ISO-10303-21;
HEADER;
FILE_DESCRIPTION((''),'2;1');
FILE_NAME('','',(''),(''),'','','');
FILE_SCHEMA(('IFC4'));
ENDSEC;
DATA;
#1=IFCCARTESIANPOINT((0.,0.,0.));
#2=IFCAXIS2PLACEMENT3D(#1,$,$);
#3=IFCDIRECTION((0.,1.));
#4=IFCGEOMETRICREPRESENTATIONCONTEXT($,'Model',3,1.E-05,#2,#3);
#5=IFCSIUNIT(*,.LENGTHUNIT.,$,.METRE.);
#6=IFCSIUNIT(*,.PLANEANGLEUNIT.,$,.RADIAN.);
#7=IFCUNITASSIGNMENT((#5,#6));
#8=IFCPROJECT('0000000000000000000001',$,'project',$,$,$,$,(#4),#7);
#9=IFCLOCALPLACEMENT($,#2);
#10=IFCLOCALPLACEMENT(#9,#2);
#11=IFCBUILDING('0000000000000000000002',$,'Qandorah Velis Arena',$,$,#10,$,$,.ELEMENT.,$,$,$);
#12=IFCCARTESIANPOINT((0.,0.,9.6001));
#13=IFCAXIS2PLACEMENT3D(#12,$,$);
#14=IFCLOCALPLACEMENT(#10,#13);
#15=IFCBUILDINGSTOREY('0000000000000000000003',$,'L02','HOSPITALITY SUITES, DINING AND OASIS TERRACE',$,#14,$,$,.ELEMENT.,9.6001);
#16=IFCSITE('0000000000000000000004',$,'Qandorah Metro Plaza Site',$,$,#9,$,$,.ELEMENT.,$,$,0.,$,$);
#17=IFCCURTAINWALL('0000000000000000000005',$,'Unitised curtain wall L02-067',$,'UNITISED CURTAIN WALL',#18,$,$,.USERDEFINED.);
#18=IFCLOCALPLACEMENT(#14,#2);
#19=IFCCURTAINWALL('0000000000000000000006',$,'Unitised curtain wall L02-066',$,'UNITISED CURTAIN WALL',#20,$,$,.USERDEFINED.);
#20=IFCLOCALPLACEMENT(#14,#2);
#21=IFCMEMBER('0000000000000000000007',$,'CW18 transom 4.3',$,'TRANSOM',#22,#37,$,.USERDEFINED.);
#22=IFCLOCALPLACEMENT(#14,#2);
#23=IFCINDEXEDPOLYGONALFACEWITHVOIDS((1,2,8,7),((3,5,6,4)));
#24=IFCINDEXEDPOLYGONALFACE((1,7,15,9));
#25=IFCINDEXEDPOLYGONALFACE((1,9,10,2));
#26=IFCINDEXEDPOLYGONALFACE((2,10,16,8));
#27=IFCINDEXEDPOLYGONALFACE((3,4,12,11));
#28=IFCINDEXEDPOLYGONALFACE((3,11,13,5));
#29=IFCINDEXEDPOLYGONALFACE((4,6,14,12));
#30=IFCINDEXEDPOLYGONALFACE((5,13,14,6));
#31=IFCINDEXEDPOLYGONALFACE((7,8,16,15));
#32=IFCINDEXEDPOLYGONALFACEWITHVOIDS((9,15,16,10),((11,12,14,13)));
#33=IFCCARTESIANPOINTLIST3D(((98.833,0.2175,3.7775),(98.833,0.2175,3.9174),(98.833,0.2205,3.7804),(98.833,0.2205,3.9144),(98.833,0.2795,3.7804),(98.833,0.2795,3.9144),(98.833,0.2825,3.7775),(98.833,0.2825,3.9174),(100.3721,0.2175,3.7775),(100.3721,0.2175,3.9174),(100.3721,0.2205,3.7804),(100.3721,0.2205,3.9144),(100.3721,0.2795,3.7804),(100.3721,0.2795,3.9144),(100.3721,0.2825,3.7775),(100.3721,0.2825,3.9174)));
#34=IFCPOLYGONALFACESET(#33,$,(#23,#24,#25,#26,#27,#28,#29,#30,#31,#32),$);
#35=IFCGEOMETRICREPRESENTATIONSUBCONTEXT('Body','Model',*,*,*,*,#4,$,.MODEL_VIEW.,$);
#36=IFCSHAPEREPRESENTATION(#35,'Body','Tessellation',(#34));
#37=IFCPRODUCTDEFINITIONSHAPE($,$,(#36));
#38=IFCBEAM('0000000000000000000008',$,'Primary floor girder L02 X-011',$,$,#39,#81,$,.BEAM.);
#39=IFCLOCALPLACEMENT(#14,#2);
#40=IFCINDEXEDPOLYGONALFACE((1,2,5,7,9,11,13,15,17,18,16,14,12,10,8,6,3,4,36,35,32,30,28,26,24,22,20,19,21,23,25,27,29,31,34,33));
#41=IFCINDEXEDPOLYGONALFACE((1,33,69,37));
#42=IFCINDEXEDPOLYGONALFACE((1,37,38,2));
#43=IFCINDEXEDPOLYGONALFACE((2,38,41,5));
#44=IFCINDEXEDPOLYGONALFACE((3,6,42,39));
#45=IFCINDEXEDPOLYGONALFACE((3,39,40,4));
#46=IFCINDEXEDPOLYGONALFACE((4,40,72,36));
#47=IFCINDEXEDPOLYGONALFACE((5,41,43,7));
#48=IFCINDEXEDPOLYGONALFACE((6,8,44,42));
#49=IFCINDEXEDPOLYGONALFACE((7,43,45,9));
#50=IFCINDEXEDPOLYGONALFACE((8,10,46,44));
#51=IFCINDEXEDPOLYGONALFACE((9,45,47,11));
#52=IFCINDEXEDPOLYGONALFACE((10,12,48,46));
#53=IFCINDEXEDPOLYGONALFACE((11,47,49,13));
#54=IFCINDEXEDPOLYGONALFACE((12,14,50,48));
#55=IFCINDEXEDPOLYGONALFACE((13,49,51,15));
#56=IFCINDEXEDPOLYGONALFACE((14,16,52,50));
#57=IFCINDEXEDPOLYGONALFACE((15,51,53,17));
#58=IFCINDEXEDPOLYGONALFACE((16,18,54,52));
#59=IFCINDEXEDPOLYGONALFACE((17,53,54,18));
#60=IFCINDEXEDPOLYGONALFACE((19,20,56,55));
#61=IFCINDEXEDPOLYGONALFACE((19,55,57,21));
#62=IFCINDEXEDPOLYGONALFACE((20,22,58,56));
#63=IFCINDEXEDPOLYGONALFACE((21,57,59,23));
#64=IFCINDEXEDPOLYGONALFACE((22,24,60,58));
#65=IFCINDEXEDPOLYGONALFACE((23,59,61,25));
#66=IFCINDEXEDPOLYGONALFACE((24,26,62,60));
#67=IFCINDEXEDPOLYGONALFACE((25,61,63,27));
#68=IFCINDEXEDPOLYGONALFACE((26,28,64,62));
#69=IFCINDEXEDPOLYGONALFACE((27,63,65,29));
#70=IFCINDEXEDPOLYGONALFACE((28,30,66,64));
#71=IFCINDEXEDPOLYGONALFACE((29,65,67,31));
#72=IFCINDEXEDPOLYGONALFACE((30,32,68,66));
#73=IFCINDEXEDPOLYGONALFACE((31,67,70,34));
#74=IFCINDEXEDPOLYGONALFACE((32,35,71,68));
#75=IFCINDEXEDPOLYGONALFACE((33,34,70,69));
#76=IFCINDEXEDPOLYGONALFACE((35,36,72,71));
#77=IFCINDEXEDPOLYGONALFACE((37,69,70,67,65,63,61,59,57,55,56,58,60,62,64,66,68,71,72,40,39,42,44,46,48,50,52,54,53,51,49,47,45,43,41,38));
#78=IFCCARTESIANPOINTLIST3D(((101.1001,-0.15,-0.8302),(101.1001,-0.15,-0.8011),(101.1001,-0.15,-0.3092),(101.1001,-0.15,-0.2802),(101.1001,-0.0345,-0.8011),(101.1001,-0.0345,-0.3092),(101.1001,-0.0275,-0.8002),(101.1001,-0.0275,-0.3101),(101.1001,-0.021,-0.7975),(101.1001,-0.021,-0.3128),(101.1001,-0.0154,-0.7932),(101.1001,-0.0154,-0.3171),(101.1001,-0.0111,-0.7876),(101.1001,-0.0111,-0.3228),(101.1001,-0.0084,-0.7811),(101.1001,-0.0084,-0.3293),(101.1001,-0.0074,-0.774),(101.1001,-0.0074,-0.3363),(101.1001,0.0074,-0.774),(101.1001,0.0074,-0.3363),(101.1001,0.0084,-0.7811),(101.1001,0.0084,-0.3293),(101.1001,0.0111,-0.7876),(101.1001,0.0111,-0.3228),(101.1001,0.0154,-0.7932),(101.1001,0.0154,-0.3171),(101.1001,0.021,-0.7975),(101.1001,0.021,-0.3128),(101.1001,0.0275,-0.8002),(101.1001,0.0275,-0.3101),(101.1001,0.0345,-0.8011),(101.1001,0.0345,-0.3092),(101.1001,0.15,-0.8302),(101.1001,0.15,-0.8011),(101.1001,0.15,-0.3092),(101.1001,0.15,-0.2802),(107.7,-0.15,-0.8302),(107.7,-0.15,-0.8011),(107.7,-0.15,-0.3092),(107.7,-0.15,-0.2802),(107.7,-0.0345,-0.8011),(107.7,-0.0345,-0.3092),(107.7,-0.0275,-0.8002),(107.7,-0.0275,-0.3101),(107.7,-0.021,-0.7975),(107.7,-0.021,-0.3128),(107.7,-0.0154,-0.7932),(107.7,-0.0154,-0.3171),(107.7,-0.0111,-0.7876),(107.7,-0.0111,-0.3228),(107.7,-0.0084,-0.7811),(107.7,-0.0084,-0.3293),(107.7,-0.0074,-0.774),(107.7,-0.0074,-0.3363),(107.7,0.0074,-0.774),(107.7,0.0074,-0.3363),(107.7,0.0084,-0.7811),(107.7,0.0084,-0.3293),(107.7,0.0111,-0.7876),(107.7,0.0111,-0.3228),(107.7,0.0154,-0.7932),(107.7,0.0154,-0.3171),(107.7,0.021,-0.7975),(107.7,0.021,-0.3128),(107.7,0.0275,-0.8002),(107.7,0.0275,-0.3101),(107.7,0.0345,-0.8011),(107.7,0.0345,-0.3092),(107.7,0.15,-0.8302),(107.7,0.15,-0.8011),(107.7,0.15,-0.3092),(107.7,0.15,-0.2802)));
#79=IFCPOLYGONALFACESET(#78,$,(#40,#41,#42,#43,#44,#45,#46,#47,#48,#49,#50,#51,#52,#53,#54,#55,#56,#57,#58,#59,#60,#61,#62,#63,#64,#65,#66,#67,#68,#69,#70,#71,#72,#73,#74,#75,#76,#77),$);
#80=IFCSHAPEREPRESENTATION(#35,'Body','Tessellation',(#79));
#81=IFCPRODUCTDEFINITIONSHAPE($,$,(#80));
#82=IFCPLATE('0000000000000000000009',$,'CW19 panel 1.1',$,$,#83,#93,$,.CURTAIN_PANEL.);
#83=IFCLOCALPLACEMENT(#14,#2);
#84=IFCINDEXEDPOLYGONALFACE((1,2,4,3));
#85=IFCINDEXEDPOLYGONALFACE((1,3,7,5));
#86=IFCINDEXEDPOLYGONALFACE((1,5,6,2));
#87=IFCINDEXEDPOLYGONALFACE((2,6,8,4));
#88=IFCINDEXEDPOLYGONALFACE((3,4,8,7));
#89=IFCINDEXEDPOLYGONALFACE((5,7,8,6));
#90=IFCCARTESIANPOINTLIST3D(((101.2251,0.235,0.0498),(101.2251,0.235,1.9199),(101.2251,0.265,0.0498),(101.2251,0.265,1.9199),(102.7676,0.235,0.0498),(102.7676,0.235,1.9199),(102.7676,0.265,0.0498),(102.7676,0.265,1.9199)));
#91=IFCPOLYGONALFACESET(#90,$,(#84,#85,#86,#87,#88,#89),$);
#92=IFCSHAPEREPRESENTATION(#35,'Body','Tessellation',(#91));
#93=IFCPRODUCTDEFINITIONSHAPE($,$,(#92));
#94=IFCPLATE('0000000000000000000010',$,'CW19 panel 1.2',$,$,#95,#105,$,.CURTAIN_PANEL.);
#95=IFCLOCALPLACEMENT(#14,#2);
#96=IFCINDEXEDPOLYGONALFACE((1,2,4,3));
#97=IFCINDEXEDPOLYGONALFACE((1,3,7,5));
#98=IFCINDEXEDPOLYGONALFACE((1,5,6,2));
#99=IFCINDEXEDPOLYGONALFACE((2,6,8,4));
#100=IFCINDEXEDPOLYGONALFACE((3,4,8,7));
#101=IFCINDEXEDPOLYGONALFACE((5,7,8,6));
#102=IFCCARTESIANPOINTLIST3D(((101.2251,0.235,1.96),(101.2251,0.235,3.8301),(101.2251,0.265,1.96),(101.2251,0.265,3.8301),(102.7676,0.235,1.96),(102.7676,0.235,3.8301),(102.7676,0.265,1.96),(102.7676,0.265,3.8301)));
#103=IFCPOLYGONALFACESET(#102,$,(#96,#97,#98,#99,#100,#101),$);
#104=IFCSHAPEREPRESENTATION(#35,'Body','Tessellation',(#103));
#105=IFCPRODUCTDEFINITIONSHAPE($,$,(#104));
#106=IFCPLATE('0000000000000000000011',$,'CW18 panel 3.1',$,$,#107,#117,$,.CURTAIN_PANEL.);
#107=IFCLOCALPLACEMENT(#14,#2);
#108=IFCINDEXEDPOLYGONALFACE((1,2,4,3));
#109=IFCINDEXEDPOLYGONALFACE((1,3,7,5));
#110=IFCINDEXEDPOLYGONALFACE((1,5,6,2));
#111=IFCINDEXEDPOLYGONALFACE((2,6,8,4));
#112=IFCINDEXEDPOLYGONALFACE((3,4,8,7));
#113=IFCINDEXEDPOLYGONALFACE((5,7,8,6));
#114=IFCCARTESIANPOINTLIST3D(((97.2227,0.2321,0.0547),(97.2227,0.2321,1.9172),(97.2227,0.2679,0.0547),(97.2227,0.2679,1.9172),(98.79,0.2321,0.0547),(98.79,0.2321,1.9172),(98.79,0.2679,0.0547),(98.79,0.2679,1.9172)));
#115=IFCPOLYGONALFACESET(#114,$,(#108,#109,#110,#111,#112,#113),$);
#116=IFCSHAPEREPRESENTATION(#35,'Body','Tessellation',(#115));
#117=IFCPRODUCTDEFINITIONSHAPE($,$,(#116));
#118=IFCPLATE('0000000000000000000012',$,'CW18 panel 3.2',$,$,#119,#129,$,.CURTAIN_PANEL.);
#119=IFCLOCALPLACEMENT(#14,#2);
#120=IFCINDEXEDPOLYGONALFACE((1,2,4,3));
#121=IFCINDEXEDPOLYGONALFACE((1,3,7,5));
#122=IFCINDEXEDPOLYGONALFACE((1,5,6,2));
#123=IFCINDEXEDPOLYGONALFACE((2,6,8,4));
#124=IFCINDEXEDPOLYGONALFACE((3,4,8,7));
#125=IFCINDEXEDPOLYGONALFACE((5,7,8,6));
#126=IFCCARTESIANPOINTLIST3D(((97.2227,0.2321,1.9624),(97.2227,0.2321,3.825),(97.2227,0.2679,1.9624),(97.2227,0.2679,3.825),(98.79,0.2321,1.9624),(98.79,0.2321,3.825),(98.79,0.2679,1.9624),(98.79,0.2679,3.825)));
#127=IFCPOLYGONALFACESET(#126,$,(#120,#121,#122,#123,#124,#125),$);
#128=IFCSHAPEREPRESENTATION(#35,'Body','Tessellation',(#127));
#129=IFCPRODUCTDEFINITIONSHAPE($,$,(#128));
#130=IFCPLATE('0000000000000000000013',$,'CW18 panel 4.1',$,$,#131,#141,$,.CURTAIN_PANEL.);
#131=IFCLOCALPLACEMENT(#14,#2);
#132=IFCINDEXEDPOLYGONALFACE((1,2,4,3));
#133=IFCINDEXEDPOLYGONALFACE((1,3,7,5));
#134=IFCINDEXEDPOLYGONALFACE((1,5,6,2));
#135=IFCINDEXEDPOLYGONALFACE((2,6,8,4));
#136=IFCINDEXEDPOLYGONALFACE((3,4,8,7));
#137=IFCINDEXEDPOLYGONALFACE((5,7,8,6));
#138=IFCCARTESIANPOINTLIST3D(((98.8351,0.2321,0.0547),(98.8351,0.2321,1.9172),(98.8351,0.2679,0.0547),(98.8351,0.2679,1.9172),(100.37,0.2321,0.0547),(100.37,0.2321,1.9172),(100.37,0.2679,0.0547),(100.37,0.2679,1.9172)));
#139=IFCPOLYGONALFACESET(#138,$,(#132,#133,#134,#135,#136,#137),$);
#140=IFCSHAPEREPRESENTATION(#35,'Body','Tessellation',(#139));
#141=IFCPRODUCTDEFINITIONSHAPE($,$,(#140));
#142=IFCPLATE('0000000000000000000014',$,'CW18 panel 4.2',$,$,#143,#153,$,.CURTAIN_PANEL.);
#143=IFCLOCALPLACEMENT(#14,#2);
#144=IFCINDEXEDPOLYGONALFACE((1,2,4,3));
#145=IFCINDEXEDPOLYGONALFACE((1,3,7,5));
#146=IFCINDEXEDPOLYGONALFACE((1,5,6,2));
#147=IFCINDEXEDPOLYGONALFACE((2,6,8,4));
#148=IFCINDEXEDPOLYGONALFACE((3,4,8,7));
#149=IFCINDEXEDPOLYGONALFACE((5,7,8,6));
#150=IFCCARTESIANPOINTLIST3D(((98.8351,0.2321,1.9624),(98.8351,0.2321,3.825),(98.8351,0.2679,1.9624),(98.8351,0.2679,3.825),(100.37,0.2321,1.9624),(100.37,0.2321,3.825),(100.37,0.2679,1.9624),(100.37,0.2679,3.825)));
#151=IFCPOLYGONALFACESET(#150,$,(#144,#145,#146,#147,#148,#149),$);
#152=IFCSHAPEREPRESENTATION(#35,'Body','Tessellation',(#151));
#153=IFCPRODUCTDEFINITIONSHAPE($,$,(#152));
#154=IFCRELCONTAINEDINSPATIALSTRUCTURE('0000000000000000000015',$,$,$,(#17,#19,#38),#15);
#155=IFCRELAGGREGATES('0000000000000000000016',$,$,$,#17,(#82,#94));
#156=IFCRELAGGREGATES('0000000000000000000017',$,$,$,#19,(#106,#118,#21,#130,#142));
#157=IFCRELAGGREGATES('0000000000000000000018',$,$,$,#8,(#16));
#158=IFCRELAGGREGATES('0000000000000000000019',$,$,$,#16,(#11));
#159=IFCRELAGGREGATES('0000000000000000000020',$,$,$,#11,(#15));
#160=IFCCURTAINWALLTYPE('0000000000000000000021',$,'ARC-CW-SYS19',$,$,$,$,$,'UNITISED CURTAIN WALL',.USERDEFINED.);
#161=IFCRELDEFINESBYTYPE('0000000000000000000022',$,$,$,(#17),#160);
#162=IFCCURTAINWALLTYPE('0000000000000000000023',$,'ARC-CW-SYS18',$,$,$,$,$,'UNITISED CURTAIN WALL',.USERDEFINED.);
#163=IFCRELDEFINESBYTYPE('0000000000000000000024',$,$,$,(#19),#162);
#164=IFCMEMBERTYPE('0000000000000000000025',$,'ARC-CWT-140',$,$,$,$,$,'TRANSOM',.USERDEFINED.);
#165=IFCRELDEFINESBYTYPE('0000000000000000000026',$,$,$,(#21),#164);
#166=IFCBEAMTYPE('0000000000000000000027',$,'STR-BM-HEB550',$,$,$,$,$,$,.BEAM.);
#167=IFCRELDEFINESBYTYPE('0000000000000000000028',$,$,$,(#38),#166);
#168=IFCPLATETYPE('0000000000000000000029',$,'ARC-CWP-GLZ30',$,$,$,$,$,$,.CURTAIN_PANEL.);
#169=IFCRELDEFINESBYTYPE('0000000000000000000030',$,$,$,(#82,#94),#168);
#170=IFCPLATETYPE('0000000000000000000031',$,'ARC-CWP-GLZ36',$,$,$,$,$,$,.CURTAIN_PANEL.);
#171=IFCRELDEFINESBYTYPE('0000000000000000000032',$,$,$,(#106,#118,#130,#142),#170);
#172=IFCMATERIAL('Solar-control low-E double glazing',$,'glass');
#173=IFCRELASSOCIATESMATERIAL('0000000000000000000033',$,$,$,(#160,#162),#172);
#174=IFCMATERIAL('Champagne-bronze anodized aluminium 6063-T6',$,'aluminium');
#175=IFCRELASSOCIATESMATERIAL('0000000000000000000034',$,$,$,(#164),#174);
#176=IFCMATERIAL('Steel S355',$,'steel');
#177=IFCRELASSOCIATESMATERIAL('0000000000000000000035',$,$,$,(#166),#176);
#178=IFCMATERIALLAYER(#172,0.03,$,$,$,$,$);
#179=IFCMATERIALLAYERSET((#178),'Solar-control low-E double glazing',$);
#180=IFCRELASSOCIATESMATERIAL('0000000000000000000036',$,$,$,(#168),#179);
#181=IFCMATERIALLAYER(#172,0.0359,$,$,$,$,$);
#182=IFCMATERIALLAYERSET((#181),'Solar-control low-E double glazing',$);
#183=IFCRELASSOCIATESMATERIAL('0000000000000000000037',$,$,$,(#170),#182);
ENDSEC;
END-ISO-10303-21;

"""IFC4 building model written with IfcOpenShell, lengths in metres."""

from ifc_helpers import new_model, si_unit, direction, frame, origin, origin_2d, place, context, subcontext, project, spatial, rectangle, hollow_rectangle, i_section, extrude, material, layer, layer_set, material_profile, profile_set, type_object, element, aggregate, save


model = new_model("IFC4")

# Units and contexts
model_context = context("Model", 3, precision=1e-05, world=origin(), true_north=direction((0.0, 1.0)))
body_context = subcontext(model_context, "Body", "Model", "MODEL_VIEW")
ifc_project = project(units=[si_unit("LENGTHUNIT", "METRE"), si_unit("PLANEANGLEUNIT", "RADIAN")], contexts=[model_context])

# Site, building, storey
site_placement = place(None, origin())
site = spatial("IfcSite", under=ifc_project, at=site_placement, Name="Qandorah Metro Plaza Site", CompositionType="ELEMENT", RefElevation=0.0)
building_placement = place(site_placement, origin())
building = spatial("IfcBuilding", under=site, at=building_placement, Name="Qandorah Velis Arena", CompositionType="ELEMENT")
storey_placement = place(building_placement, frame((0.0, 0.0, 9.6001)))
storey = spatial("IfcBuildingStorey", under=building, at=storey_placement, Name="L02", Description="HOSPITALITY SUITES, DINING AND OASIS TERRACE", CompositionType="ELEMENT", Elevation=9.6001)

# Curtain walls
ifc_material_1 = material(Name="Solar-control low-E double glazing", Category="glass")
curtain_wall_type_1 = type_object("IfcCurtainWallType", Name="ARC-CW-SYS19", ElementType="UNITISED CURTAIN WALL", PredefinedType="USERDEFINED", material=ifc_material_1)
curtain_wall_1_placement = place(storey_placement, origin())
curtain_wall_1 = element("IfcCurtainWall", 1, at=curtain_wall_1_placement, inside=storey, type_object=curtain_wall_type_1, Name="Unitised curtain wall L02-067", ObjectType="UNITISED CURTAIN WALL", PredefinedType="USERDEFINED")
ifc_material_2 = material(Name="Champagne-bronze anodized aluminium 6063-T6", Category="aluminium")
curtain_wall_type_2 = type_object("IfcCurtainWallType", Name="ARC-CW-SYS18", ElementType="UNITISED CURTAIN WALL", PredefinedType="USERDEFINED", material=ifc_material_1)
curtain_wall_2_placement = place(storey_placement, origin())
curtain_wall_2 = element("IfcCurtainWall", 2, at=curtain_wall_2_placement, inside=storey, type_object=curtain_wall_type_2, Name="Unitised curtain wall L02-066", ObjectType="UNITISED CURTAIN WALL", PredefinedType="USERDEFINED")

# Member
ifc_material_profile_1 = material_profile(ifc_material_2, hollow_rectangle(XDim=0.0649, YDim=0.1399, WallThickness=0.0029, at=origin_2d()), Name="ALU TRANSOM 65x140")
ifc_profile_set_1 = profile_set([ifc_material_profile_1], Name="Champagne-bronze anodized aluminium 6063-T6")
member_type_1 = type_object("IfcMemberType", Name="ARC-CWT-140", ElementType="TRANSOM", PredefinedType="USERDEFINED", material=ifc_profile_set_1)
member_1_placement = place(storey_placement, frame((98.833, 0.25, 3.8474), z_axis=(1.0, 0.0, 0.0), x_axis=(0.0, 1.0, 0.0)))
member_1 = element("IfcMember", 3, at=member_1_placement, type_object=member_type_1, Name="CW18 transom 4.3", ObjectType="TRANSOM", PredefinedType="USERDEFINED", context=body_context, shape_type="SweptSolid", body=[
    extrude(hollow_rectangle(XDim=0.0649, YDim=0.1399, WallThickness=0.0029, at=origin_2d()), origin(), (0.0, 0.0, 1.0), 1.5391),
])

# Beam
ifc_material_3 = material(Name="Steel S355", Category="steel")
ifc_material_profile_2 = material_profile(ifc_material_3, i_section(OverallWidth=0.3, OverallDepth=0.55, WebThickness=0.0149, FlangeThickness=0.0291, FilletRadius=0.0271, at=origin_2d()), Name="HEB 550")
ifc_profile_set_2 = profile_set([ifc_material_profile_2], Name="Steel S355")
beam_type = type_object("IfcBeamType", Name="STR-BM-HEB550", PredefinedType="BEAM", material=ifc_profile_set_2)
beam_placement = place(storey_placement, frame((101.1001, 0.0, -0.5552), z_axis=(1.0, 0.0, 0.0), x_axis=(0.0, 1.0, 0.0)))
element("IfcBeam", 4, at=beam_placement, inside=storey, type_object=beam_type, Name="Primary floor girder L02 X-011", PredefinedType="BEAM", context=body_context, shape_type="SweptSolid", body=[
    extrude(i_section(OverallWidth=0.3, OverallDepth=0.55, WebThickness=0.0149, FlangeThickness=0.0291, FilletRadius=0.0271, at=origin_2d()), origin(), (0.0, 0.0, 1.0), 6.5999),
])

# Plates
ifc_layer_1 = layer(ifc_material_1, 0.03)
ifc_layer_set_1 = layer_set([ifc_layer_1], Name="Solar-control low-E double glazing")
plate_type_1 = type_object("IfcPlateType", Name="ARC-CWP-GLZ30", PredefinedType="CURTAIN_PANEL", material=ifc_layer_set_1)
plate_1_placement = place(storey_placement, frame((101.9963, 0.25, 0.0498), z_axis=(0.0, 0.0, 1.0), x_axis=(1.0, 0.0, 0.0)))
plate_1 = element("IfcPlate", 5, at=plate_1_placement, type_object=plate_type_1, Name="CW19 panel 1.1", PredefinedType="CURTAIN_PANEL", context=body_context, shape_type="SweptSolid", body=[
    extrude(rectangle(XDim=1.5425, YDim=0.03, at=origin_2d()), origin(), (0.0, 0.0, 1.0), 1.8701),
])
plate_2_placement = place(storey_placement, frame((101.9963, 0.25, 1.96), z_axis=(0.0, 0.0, 1.0), x_axis=(1.0, 0.0, 0.0)))
plate_2 = element("IfcPlate", 6, at=plate_2_placement, type_object=plate_type_1, Name="CW19 panel 1.2", PredefinedType="CURTAIN_PANEL", context=body_context, shape_type="SweptSolid", body=[
    extrude(rectangle(XDim=1.5425, YDim=0.03, at=origin_2d()), origin(), (0.0, 0.0, 1.0), 1.8701),
])
aggregate(curtain_wall_1, [plate_1, plate_2])
ifc_layer_2 = layer(ifc_material_1, 0.0359)
ifc_layer_set_2 = layer_set([ifc_layer_2], Name="Solar-control low-E double glazing")
plate_type_2 = type_object("IfcPlateType", Name="ARC-CWP-GLZ36", PredefinedType="CURTAIN_PANEL", material=ifc_layer_set_2)
plate_3_placement = place(storey_placement, frame((98.0063, 0.25, 0.0547), z_axis=(0.0, 0.0, 1.0), x_axis=(1.0, 0.0, 0.0)))
plate_3 = element("IfcPlate", 7, at=plate_3_placement, type_object=plate_type_2, Name="CW18 panel 3.1", PredefinedType="CURTAIN_PANEL", context=body_context, shape_type="SweptSolid", body=[
    extrude(rectangle(XDim=1.5674, YDim=0.0359, at=origin_2d()), origin(), (0.0, 0.0, 1.0), 1.8625),
])
plate_4_placement = place(storey_placement, frame((98.0063, 0.25, 1.9624), z_axis=(0.0, 0.0, 1.0), x_axis=(1.0, 0.0, 0.0)))
plate_4 = element("IfcPlate", 8, at=plate_4_placement, type_object=plate_type_2, Name="CW18 panel 3.2", PredefinedType="CURTAIN_PANEL", context=body_context, shape_type="SweptSolid", body=[
    extrude(rectangle(XDim=1.5674, YDim=0.0359, at=origin_2d()), origin(), (0.0, 0.0, 1.0), 1.8625),
])
plate_5_placement = place(storey_placement, frame((99.6025, 0.25, 0.0547), z_axis=(0.0, 0.0, 1.0), x_axis=(1.0, 0.0, 0.0)))
plate_5 = element("IfcPlate", 9, at=plate_5_placement, type_object=plate_type_2, Name="CW18 panel 4.1", PredefinedType="CURTAIN_PANEL", context=body_context, shape_type="SweptSolid", body=[
    extrude(rectangle(XDim=1.5349, YDim=0.0359, at=origin_2d()), origin(), (0.0, 0.0, 1.0), 1.8625),
])
plate_6_placement = place(storey_placement, frame((99.6025, 0.25, 1.9624), z_axis=(0.0, 0.0, 1.0), x_axis=(1.0, 0.0, 0.0)))
plate_6 = element("IfcPlate", 10, at=plate_6_placement, type_object=plate_type_2, Name="CW18 panel 4.2", PredefinedType="CURTAIN_PANEL", context=body_context, shape_type="SweptSolid", body=[
    extrude(rectangle(XDim=1.5349, YDim=0.0359, at=origin_2d()), origin(), (0.0, 0.0, 1.0), 1.8625),
])
aggregate(curtain_wall_2, [plate_3, plate_4, member_1, plate_5, plate_6])

save(model, "model.ifc")
